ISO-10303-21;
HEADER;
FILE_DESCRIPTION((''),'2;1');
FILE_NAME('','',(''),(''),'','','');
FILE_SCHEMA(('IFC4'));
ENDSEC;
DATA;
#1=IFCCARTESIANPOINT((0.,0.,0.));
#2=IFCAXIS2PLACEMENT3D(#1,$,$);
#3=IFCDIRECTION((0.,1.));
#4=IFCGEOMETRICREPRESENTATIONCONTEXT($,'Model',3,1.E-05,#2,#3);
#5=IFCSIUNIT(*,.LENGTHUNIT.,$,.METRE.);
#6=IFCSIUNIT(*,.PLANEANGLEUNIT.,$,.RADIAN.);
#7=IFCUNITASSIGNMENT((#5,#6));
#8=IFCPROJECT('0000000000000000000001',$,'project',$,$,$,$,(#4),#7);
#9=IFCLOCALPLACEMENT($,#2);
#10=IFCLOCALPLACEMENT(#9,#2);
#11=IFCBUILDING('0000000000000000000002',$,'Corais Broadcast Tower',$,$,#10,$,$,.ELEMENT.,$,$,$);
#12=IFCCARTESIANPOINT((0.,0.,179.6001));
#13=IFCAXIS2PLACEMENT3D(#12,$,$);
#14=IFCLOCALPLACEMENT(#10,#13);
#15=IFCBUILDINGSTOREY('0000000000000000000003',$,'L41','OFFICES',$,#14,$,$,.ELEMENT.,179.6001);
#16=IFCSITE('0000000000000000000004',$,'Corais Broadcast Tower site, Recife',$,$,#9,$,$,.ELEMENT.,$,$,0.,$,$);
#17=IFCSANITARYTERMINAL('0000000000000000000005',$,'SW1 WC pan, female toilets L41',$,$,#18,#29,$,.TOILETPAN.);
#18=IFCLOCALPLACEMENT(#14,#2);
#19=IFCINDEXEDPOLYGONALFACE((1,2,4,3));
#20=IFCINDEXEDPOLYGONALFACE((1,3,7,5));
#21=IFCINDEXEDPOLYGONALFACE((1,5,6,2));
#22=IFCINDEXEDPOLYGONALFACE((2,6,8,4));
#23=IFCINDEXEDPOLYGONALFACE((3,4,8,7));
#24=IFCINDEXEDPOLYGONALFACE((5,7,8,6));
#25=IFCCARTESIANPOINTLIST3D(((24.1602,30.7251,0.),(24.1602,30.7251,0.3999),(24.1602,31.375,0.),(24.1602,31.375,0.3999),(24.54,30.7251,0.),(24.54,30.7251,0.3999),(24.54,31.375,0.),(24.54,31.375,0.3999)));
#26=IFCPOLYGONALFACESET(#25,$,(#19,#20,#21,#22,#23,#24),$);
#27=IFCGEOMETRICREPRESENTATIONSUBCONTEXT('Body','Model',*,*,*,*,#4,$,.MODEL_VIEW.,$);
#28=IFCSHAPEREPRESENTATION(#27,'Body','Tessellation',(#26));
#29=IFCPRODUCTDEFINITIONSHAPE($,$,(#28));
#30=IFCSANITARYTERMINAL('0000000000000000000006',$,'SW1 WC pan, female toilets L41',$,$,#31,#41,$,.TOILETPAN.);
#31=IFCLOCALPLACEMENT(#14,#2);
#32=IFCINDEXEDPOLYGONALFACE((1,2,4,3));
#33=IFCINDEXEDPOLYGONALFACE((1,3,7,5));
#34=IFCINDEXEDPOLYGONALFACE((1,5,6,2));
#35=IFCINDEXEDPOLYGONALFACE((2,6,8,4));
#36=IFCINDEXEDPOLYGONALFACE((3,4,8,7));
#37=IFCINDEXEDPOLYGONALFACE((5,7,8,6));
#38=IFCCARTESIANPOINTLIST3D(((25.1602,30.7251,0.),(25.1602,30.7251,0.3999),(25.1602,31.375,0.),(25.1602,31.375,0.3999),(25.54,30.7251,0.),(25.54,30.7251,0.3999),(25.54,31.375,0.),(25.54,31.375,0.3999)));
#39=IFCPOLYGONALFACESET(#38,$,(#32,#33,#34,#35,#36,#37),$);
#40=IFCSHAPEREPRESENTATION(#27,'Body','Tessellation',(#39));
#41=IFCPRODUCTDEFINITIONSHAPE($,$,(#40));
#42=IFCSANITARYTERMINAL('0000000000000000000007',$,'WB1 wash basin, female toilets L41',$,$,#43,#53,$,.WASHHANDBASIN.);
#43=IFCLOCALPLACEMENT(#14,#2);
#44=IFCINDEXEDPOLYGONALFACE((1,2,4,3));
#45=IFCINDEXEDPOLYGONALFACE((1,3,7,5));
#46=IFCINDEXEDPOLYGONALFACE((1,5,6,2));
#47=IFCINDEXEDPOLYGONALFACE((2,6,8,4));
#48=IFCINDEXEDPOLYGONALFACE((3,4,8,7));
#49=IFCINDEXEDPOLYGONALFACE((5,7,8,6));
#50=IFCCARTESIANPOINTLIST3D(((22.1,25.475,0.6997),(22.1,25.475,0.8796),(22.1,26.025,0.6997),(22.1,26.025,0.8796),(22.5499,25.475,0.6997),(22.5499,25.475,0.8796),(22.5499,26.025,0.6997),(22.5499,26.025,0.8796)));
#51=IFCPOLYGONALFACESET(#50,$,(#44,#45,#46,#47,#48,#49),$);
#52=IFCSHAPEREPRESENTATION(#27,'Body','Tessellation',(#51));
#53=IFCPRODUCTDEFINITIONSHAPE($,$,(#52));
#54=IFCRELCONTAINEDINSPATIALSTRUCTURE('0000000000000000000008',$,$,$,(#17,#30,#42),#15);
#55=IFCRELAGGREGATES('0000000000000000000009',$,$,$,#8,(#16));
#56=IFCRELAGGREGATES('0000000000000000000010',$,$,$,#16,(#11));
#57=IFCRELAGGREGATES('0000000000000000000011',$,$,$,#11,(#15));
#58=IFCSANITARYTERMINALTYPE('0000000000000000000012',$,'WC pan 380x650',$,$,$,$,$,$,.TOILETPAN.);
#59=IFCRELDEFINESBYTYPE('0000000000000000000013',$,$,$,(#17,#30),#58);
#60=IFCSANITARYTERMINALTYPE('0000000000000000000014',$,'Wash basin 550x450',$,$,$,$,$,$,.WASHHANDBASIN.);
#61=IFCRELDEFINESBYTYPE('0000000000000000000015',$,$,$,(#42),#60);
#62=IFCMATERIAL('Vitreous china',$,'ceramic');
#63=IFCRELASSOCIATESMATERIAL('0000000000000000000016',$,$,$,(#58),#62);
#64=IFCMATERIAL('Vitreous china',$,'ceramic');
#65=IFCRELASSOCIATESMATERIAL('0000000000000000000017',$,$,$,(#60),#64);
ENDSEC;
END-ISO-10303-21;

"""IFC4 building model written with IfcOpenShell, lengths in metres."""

from ifc_helpers import new_model, si_unit, direction, frame, origin, origin_2d, place, context, subcontext, project, spatial, rectangle, extrude, material, type_object, element, save


model = new_model("IFC4")

# Units and contexts
model_context = context("Model", 3, precision=1e-05, world=origin(), true_north=direction((0.0, 1.0)))
body_context = subcontext(model_context, "Body", "Model", "MODEL_VIEW")
ifc_project = project(units=[si_unit("LENGTHUNIT", "METRE"), si_unit("PLANEANGLEUNIT", "RADIAN")], contexts=[model_context])

# Site, building, storey
site_placement = place(None, origin())
site = spatial("IfcSite", under=ifc_project, at=site_placement, Name="Corais Broadcast Tower site, Recife", CompositionType="ELEMENT", RefElevation=0.0)
building_placement = place(site_placement, origin())
building = spatial("IfcBuilding", under=site, at=building_placement, Name="Corais Broadcast Tower", CompositionType="ELEMENT")
storey_placement = place(building_placement, frame((0.0, 0.0, 179.6001)))
storey = spatial("IfcBuildingStorey", under=building, at=storey_placement, Name="L41", Description="OFFICES", CompositionType="ELEMENT", Elevation=179.6001)

# Sanitary terminals
ifc_material_1 = material(Name="Vitreous china", Category="ceramic")
sanitary_terminal_type_1 = type_object("IfcSanitaryTerminalType", Name="WC pan 380x650", PredefinedType="TOILETPAN", material=ifc_material_1)
for number, where, z_axis, x_axis, name in (
    (1, (24.3501, 31.05, 0.0), (0.0, 0.0, 1.0), (1.0, 0.0, 0.0), "SW1 WC pan, female toilets L41"),
    (2, (25.3501, 31.05, 0.0), (0.0, 0.0, 1.0), (1.0, 0.0, 0.0), "SW1 WC pan, female toilets L41"),
):
    element("IfcSanitaryTerminal", number, at=place(storey_placement, frame(where, z_axis=z_axis, x_axis=x_axis)), inside=storey, type_object=sanitary_terminal_type_1, Name=name, PredefinedType="TOILETPAN", context=body_context, shape_type="SweptSolid", body=[
        extrude(rectangle(XDim=0.3799, YDim=0.6499, at=origin_2d()), origin(), (0.0, 0.0, 1.0), 0.3999),
    ])
ifc_material_2 = material(Name="Vitreous china", Category="ceramic")
sanitary_terminal_type_2 = type_object("IfcSanitaryTerminalType", Name="Wash basin 550x450", PredefinedType="WASHHANDBASIN", material=ifc_material_2)
sanitary_terminal_placement = place(storey_placement, frame((22.325, 25.75, 0.6997), z_axis=(0.0, 0.0, 1.0), x_axis=(1.0, 0.0, 0.0)))
element("IfcSanitaryTerminal", 3, at=sanitary_terminal_placement, inside=storey, type_object=sanitary_terminal_type_2, Name="WB1 wash basin, female toilets L41", PredefinedType="WASHHANDBASIN", context=body_context, shape_type="SweptSolid", body=[
    extrude(rectangle(XDim=0.45, YDim=0.55, at=origin_2d()), origin(), (0.0, 0.0, 1.0), 0.1799),
])

save(model, "model.ifc")
